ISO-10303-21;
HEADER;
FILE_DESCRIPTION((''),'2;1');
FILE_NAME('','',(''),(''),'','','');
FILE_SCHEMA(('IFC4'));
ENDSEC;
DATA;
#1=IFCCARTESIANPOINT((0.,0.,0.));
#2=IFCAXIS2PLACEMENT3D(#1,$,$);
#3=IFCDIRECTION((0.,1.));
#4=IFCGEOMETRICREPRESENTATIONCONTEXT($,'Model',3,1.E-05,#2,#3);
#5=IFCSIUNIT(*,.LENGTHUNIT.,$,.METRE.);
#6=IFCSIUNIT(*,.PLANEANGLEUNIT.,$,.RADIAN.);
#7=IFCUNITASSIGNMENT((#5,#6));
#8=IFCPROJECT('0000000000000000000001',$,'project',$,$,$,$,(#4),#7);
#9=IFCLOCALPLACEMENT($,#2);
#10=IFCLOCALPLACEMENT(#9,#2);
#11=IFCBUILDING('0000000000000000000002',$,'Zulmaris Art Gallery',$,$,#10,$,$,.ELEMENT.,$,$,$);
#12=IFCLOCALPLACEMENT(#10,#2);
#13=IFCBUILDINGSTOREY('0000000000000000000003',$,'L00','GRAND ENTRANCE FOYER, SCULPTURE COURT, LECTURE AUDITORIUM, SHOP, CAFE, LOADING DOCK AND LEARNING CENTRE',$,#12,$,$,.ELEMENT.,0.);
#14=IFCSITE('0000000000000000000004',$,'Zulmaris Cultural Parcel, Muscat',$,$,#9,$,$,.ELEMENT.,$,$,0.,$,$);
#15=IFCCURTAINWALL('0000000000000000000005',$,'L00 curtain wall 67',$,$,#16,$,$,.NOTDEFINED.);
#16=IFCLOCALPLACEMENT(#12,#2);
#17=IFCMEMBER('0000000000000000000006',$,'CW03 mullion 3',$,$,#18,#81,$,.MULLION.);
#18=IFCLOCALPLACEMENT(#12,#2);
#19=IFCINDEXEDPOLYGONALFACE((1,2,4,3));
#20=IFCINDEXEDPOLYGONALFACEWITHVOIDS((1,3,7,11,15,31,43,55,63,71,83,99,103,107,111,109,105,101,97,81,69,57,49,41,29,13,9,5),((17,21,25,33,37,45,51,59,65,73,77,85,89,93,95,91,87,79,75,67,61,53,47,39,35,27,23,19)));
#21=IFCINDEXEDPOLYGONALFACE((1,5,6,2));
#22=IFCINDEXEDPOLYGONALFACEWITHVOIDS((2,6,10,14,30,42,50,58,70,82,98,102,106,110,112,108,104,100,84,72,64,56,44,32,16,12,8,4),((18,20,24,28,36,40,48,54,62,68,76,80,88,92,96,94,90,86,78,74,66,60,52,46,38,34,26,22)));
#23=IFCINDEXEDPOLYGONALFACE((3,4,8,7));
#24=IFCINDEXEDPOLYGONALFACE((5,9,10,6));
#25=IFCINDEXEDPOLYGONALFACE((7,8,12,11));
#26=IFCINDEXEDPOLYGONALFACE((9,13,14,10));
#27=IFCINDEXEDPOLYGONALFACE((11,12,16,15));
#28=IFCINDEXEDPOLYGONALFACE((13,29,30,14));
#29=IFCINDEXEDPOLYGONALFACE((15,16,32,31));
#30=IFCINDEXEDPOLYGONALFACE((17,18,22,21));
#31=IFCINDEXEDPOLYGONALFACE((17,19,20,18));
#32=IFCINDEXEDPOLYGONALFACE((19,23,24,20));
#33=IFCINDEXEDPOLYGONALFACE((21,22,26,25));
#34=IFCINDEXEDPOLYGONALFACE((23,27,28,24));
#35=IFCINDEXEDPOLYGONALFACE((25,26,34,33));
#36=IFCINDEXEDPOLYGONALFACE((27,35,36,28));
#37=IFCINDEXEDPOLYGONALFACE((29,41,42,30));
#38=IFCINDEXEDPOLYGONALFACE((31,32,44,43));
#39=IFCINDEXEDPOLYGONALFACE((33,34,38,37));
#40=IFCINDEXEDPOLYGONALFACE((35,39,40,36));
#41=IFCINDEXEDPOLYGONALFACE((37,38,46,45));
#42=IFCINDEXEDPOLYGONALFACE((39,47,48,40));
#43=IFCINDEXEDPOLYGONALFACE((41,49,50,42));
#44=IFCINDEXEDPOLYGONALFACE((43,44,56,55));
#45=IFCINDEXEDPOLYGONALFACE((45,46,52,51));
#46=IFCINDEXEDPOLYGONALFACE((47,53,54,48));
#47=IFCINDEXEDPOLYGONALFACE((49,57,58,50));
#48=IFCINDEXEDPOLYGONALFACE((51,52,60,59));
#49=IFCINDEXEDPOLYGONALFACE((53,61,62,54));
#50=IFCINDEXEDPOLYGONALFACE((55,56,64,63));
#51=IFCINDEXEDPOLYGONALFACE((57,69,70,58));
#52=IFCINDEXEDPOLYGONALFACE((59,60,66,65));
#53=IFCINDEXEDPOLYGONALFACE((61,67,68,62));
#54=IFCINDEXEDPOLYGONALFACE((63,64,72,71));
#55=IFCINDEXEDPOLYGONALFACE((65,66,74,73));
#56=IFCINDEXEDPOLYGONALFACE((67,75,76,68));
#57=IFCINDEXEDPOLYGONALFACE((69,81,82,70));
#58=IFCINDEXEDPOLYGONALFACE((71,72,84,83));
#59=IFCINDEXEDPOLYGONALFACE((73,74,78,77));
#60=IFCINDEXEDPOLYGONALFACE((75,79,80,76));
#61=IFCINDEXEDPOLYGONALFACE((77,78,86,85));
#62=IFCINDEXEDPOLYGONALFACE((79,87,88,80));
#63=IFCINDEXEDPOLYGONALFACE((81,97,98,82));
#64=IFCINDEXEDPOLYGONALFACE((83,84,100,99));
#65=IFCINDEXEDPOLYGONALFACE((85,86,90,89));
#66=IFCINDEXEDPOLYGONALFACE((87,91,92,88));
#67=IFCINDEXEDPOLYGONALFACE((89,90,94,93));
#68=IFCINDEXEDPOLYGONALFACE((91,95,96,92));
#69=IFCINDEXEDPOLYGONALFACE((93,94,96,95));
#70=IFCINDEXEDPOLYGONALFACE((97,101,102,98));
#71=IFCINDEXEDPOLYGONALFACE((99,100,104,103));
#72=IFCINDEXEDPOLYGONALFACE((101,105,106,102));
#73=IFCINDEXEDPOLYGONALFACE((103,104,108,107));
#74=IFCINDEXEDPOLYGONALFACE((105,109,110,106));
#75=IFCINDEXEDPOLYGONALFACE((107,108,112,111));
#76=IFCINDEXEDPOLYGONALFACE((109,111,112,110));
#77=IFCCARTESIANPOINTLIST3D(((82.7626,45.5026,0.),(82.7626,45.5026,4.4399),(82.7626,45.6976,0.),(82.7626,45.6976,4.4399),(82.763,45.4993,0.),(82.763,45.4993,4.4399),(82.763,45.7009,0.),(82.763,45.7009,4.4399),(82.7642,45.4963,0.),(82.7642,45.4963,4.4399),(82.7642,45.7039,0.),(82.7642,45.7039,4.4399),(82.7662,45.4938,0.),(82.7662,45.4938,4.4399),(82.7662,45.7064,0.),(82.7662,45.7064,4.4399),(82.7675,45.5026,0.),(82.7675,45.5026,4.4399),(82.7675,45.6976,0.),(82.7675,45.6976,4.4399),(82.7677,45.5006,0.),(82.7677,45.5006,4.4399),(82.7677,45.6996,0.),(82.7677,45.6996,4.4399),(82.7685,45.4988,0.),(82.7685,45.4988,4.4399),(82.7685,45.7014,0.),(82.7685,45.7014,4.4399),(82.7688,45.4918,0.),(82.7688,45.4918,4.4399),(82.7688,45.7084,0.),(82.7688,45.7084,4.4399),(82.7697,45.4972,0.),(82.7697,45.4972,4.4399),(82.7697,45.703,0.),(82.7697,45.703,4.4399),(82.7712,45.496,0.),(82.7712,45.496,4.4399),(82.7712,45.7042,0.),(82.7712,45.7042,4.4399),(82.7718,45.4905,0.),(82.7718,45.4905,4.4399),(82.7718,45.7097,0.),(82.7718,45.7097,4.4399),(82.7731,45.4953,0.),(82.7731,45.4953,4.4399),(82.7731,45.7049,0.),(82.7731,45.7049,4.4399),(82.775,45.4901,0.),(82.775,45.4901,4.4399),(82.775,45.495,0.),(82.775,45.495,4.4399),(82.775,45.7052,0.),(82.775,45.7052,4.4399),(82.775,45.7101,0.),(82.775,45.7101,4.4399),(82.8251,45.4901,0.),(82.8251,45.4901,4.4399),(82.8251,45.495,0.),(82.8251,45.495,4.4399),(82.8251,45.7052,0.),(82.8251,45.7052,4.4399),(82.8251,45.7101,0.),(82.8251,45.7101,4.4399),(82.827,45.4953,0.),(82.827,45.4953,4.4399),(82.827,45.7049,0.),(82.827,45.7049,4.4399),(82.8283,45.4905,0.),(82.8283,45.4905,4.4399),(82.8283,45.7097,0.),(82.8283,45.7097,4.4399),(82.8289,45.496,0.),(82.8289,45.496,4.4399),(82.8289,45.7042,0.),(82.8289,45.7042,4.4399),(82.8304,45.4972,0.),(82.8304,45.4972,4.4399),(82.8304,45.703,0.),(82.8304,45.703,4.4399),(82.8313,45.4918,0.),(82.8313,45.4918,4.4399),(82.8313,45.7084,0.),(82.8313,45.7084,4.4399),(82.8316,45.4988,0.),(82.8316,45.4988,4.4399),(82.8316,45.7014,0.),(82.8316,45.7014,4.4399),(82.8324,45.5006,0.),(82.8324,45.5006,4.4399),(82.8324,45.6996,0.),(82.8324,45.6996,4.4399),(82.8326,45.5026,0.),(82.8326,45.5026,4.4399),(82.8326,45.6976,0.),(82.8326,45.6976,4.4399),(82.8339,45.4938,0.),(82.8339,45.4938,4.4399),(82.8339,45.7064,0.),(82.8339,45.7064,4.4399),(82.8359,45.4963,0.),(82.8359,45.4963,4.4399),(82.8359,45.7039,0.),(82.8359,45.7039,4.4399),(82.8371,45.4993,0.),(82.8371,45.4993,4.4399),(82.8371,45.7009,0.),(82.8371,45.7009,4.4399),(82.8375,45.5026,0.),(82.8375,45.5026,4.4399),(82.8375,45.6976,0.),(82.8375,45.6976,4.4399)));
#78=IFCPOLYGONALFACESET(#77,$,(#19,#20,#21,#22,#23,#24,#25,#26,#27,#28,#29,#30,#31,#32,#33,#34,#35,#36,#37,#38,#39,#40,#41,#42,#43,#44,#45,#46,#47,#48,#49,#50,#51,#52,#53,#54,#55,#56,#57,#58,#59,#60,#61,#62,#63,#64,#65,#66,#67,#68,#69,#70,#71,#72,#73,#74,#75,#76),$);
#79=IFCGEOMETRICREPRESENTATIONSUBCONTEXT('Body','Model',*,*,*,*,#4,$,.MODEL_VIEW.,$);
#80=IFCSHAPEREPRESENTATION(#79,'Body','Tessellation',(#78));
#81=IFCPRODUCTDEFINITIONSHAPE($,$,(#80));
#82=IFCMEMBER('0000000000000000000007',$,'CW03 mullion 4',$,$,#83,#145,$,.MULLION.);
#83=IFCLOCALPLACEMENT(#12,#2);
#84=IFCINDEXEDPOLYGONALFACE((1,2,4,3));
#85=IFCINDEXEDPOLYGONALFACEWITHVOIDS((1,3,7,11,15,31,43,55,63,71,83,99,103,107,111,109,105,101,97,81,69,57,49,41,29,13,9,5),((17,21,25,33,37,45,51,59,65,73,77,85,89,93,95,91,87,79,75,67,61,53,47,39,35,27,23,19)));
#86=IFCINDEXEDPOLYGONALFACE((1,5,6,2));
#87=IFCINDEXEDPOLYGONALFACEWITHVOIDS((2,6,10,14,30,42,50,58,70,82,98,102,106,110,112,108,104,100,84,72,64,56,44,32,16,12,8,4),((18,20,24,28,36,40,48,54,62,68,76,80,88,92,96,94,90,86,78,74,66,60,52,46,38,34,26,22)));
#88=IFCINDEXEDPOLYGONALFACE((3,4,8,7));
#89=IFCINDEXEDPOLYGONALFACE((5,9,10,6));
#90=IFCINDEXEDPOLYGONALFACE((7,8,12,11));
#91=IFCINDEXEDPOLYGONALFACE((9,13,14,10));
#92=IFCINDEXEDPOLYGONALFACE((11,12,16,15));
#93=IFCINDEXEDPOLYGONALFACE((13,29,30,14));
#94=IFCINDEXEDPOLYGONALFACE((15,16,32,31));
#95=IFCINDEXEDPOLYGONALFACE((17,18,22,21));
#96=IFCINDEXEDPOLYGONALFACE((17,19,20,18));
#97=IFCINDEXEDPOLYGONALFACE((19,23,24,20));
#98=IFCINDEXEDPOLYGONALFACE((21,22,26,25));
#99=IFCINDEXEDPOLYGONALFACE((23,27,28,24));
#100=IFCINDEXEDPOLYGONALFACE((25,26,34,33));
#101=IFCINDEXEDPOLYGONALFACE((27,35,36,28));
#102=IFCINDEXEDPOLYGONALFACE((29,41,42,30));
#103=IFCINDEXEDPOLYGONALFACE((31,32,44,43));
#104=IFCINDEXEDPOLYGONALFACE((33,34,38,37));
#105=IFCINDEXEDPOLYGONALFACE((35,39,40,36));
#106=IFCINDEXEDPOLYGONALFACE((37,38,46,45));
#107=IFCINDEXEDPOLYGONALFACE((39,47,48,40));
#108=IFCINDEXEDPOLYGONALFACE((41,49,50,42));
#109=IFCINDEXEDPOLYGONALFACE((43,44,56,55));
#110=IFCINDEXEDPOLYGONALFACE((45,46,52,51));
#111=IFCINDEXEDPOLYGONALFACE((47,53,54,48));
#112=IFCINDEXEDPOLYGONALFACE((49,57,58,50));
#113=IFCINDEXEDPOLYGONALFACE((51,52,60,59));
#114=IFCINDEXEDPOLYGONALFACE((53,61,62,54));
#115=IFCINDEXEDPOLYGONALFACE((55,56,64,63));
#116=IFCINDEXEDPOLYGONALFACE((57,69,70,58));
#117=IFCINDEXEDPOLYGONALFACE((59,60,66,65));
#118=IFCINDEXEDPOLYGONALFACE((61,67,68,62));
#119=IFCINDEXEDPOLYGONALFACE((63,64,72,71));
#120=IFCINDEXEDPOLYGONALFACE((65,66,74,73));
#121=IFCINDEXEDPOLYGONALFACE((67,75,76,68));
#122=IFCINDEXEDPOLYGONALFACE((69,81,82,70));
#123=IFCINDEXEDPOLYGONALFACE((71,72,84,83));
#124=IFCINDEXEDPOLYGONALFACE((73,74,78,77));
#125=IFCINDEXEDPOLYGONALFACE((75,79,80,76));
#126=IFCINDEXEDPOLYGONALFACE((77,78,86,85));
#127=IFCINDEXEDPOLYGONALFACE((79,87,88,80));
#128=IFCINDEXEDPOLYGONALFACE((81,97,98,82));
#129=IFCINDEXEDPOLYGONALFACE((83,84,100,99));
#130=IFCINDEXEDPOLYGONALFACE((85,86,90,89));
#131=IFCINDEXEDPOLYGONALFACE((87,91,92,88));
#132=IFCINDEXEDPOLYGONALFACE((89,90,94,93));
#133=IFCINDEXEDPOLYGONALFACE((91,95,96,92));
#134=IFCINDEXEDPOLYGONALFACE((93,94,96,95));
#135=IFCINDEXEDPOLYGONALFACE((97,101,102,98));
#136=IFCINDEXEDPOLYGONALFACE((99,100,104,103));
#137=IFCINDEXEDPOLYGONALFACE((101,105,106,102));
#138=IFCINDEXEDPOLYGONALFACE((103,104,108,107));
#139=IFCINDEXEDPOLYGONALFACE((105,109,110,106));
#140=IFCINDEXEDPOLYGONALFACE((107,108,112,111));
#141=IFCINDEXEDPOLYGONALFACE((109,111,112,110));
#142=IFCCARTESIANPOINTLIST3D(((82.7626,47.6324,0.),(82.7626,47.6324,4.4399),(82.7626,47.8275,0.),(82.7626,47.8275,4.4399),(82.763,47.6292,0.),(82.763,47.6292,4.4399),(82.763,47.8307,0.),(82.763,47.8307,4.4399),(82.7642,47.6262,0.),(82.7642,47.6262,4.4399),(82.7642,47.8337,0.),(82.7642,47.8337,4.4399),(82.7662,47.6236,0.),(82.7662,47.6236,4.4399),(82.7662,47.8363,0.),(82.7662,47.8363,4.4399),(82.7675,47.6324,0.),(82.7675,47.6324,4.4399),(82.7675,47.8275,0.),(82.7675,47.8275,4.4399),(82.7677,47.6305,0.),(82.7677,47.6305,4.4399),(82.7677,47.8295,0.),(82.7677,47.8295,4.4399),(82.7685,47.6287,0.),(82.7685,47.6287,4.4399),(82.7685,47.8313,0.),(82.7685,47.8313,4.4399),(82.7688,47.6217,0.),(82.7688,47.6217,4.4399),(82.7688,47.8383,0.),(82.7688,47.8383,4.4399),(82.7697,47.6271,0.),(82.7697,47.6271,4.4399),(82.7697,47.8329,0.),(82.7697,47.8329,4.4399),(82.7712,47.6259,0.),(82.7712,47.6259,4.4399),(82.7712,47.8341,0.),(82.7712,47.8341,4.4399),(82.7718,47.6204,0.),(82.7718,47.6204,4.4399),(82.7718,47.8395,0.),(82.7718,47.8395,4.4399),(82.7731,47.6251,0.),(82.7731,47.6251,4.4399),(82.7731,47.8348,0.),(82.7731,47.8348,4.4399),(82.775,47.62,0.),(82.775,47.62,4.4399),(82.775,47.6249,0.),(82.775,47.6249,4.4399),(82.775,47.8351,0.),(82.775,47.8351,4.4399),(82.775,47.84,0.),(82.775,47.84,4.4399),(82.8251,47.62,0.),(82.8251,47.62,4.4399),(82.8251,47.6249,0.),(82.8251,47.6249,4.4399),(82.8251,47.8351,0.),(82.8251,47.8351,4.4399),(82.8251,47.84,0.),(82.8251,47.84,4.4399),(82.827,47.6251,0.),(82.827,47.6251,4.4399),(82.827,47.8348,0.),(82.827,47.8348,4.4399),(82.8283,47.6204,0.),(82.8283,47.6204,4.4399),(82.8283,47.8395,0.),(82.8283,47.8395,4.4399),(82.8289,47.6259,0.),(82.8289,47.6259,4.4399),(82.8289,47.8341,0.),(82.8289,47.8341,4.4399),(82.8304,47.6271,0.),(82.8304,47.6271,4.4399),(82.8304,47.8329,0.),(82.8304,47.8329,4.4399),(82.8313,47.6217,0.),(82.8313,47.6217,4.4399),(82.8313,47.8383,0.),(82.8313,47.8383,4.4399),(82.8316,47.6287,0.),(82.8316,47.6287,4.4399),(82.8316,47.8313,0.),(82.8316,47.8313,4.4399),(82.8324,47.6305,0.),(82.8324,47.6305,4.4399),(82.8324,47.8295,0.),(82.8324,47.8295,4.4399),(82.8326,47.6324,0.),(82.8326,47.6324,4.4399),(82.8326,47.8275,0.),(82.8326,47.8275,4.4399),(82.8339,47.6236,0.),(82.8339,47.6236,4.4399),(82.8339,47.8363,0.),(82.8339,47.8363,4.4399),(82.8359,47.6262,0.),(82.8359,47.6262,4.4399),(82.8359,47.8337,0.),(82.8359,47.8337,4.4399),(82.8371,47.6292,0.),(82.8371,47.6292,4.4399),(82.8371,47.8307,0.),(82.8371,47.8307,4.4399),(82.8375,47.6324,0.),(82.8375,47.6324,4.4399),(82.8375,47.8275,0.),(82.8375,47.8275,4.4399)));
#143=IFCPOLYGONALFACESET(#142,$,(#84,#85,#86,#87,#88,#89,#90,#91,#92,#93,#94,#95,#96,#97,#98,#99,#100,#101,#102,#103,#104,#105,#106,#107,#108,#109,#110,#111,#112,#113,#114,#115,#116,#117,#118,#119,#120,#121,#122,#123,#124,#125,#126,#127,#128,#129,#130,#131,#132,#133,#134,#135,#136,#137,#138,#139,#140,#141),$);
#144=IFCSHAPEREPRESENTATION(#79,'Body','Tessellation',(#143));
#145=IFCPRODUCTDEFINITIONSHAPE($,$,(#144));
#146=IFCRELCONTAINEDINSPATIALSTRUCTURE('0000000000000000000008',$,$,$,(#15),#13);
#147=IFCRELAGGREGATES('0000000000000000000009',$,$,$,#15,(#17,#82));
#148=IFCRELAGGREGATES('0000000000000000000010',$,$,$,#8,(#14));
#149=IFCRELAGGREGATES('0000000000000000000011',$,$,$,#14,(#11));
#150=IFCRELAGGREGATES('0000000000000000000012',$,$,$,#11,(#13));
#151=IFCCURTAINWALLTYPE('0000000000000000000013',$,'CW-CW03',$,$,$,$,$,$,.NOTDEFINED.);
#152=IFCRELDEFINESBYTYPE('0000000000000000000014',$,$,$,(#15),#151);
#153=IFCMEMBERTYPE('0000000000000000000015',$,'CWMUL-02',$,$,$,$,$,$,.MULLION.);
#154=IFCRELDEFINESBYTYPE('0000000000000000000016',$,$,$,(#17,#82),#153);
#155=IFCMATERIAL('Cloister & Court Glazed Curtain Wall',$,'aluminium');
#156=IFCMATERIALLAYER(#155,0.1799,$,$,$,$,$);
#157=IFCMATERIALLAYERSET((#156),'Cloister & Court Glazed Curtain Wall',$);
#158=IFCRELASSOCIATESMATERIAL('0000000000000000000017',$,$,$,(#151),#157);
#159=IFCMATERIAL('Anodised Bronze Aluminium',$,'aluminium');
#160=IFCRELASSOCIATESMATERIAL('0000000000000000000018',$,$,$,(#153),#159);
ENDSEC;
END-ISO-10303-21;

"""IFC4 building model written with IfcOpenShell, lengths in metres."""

from ifc_helpers import new_model, si_unit, direction, frame, origin, origin_2d, place, context, subcontext, project, spatial, hollow_rectangle, extrude, material, layer, layer_set, material_profile, profile_set, type_object, element, aggregate, save


model = new_model("IFC4")

# Units and contexts
model_context = context("Model", 3, precision=1e-05, world=origin(), true_north=direction((0.0, 1.0)))
body_context = subcontext(model_context, "Body", "Model", "MODEL_VIEW")
ifc_project = project(units=[si_unit("LENGTHUNIT", "METRE"), si_unit("PLANEANGLEUNIT", "RADIAN")], contexts=[model_context])

# Site, building, storey
site_placement = place(None, origin())
site = spatial("IfcSite", under=ifc_project, at=site_placement, Name="Zulmaris Cultural Parcel, Muscat", CompositionType="ELEMENT", RefElevation=0.0)
building_placement = place(site_placement, origin())
building = spatial("IfcBuilding", under=site, at=building_placement, Name="Zulmaris Art Gallery", CompositionType="ELEMENT")
storey_placement = place(building_placement, origin())
storey = spatial("IfcBuildingStorey", under=building, at=storey_placement, Name="L00", Description="GRAND ENTRANCE FOYER, SCULPTURE COURT, LECTURE AUDITORIUM, SHOP, CAFE, LOADING DOCK AND LEARNING CENTRE", CompositionType="ELEMENT", Elevation=0.0)

# Curtain wall, members
ifc_material_1 = material(Name="Cloister & Court Glazed Curtain Wall", Category="aluminium")
ifc_layer_1 = layer(ifc_material_1, 0.1799)
ifc_layer_set_1 = layer_set([ifc_layer_1], Name="Cloister & Court Glazed Curtain Wall")
curtain_wall_type = type_object("IfcCurtainWallType", Name="CW-CW03", PredefinedType="NOTDEFINED", material=ifc_layer_set_1)
curtain_wall_placement = place(storey_placement, origin())
curtain_wall = element("IfcCurtainWall", 1, at=curtain_wall_placement, inside=storey, type_object=curtain_wall_type, Name="L00 curtain wall 67", PredefinedType="NOTDEFINED")
ifc_material_2 = material(Name="Anodised Bronze Aluminium", Category="aluminium")
ifc_material_profile_1 = material_profile(ifc_material_2, hollow_rectangle(XDim=0.075, YDim=0.22, WallThickness=0.0049, InnerFilletRadius=0.0076, OuterFilletRadius=0.0125, at=origin_2d()), Name="ALU 75x220x5")
ifc_profile_set_1 = profile_set([ifc_material_profile_1], Name="Anodised Bronze Aluminium")
member_type_1 = type_object("IfcMemberType", Name="CWMUL-02", PredefinedType="MULLION", material=ifc_profile_set_1)
member_1_placement = place(storey_placement, frame((82.8, 45.6001, 0.0), z_axis=(0.0, 0.0, 1.0), x_axis=(-1.0, 0.0, 0.0)))
member_1 = element("IfcMember", 2, at=member_1_placement, type_object=member_type_1, Name="CW03 mullion 3", PredefinedType="MULLION", context=body_context, shape_type="SweptSolid", body=[
    extrude(hollow_rectangle(XDim=0.075, YDim=0.22, WallThickness=0.0049, InnerFilletRadius=0.0076, OuterFilletRadius=0.0125, at=origin_2d()), origin(), (0.0, 0.0, 1.0), 4.4399),
])
member_2_placement = place(storey_placement, frame((82.8, 47.73, 0.0), z_axis=(0.0, 0.0, 1.0), x_axis=(-1.0, 0.0, 0.0)))
member_2 = element("IfcMember", 3, at=member_2_placement, type_object=member_type_1, Name="CW03 mullion 4", PredefinedType="MULLION", context=body_context, shape_type="SweptSolid", body=[
    extrude(hollow_rectangle(XDim=0.075, YDim=0.22, WallThickness=0.0049, InnerFilletRadius=0.0076, OuterFilletRadius=0.0125, at=origin_2d()), origin(), (0.0, 0.0, 1.0), 4.4399),
])
aggregate(curtain_wall, [member_1, member_2])

save(model, "model.ifc")
